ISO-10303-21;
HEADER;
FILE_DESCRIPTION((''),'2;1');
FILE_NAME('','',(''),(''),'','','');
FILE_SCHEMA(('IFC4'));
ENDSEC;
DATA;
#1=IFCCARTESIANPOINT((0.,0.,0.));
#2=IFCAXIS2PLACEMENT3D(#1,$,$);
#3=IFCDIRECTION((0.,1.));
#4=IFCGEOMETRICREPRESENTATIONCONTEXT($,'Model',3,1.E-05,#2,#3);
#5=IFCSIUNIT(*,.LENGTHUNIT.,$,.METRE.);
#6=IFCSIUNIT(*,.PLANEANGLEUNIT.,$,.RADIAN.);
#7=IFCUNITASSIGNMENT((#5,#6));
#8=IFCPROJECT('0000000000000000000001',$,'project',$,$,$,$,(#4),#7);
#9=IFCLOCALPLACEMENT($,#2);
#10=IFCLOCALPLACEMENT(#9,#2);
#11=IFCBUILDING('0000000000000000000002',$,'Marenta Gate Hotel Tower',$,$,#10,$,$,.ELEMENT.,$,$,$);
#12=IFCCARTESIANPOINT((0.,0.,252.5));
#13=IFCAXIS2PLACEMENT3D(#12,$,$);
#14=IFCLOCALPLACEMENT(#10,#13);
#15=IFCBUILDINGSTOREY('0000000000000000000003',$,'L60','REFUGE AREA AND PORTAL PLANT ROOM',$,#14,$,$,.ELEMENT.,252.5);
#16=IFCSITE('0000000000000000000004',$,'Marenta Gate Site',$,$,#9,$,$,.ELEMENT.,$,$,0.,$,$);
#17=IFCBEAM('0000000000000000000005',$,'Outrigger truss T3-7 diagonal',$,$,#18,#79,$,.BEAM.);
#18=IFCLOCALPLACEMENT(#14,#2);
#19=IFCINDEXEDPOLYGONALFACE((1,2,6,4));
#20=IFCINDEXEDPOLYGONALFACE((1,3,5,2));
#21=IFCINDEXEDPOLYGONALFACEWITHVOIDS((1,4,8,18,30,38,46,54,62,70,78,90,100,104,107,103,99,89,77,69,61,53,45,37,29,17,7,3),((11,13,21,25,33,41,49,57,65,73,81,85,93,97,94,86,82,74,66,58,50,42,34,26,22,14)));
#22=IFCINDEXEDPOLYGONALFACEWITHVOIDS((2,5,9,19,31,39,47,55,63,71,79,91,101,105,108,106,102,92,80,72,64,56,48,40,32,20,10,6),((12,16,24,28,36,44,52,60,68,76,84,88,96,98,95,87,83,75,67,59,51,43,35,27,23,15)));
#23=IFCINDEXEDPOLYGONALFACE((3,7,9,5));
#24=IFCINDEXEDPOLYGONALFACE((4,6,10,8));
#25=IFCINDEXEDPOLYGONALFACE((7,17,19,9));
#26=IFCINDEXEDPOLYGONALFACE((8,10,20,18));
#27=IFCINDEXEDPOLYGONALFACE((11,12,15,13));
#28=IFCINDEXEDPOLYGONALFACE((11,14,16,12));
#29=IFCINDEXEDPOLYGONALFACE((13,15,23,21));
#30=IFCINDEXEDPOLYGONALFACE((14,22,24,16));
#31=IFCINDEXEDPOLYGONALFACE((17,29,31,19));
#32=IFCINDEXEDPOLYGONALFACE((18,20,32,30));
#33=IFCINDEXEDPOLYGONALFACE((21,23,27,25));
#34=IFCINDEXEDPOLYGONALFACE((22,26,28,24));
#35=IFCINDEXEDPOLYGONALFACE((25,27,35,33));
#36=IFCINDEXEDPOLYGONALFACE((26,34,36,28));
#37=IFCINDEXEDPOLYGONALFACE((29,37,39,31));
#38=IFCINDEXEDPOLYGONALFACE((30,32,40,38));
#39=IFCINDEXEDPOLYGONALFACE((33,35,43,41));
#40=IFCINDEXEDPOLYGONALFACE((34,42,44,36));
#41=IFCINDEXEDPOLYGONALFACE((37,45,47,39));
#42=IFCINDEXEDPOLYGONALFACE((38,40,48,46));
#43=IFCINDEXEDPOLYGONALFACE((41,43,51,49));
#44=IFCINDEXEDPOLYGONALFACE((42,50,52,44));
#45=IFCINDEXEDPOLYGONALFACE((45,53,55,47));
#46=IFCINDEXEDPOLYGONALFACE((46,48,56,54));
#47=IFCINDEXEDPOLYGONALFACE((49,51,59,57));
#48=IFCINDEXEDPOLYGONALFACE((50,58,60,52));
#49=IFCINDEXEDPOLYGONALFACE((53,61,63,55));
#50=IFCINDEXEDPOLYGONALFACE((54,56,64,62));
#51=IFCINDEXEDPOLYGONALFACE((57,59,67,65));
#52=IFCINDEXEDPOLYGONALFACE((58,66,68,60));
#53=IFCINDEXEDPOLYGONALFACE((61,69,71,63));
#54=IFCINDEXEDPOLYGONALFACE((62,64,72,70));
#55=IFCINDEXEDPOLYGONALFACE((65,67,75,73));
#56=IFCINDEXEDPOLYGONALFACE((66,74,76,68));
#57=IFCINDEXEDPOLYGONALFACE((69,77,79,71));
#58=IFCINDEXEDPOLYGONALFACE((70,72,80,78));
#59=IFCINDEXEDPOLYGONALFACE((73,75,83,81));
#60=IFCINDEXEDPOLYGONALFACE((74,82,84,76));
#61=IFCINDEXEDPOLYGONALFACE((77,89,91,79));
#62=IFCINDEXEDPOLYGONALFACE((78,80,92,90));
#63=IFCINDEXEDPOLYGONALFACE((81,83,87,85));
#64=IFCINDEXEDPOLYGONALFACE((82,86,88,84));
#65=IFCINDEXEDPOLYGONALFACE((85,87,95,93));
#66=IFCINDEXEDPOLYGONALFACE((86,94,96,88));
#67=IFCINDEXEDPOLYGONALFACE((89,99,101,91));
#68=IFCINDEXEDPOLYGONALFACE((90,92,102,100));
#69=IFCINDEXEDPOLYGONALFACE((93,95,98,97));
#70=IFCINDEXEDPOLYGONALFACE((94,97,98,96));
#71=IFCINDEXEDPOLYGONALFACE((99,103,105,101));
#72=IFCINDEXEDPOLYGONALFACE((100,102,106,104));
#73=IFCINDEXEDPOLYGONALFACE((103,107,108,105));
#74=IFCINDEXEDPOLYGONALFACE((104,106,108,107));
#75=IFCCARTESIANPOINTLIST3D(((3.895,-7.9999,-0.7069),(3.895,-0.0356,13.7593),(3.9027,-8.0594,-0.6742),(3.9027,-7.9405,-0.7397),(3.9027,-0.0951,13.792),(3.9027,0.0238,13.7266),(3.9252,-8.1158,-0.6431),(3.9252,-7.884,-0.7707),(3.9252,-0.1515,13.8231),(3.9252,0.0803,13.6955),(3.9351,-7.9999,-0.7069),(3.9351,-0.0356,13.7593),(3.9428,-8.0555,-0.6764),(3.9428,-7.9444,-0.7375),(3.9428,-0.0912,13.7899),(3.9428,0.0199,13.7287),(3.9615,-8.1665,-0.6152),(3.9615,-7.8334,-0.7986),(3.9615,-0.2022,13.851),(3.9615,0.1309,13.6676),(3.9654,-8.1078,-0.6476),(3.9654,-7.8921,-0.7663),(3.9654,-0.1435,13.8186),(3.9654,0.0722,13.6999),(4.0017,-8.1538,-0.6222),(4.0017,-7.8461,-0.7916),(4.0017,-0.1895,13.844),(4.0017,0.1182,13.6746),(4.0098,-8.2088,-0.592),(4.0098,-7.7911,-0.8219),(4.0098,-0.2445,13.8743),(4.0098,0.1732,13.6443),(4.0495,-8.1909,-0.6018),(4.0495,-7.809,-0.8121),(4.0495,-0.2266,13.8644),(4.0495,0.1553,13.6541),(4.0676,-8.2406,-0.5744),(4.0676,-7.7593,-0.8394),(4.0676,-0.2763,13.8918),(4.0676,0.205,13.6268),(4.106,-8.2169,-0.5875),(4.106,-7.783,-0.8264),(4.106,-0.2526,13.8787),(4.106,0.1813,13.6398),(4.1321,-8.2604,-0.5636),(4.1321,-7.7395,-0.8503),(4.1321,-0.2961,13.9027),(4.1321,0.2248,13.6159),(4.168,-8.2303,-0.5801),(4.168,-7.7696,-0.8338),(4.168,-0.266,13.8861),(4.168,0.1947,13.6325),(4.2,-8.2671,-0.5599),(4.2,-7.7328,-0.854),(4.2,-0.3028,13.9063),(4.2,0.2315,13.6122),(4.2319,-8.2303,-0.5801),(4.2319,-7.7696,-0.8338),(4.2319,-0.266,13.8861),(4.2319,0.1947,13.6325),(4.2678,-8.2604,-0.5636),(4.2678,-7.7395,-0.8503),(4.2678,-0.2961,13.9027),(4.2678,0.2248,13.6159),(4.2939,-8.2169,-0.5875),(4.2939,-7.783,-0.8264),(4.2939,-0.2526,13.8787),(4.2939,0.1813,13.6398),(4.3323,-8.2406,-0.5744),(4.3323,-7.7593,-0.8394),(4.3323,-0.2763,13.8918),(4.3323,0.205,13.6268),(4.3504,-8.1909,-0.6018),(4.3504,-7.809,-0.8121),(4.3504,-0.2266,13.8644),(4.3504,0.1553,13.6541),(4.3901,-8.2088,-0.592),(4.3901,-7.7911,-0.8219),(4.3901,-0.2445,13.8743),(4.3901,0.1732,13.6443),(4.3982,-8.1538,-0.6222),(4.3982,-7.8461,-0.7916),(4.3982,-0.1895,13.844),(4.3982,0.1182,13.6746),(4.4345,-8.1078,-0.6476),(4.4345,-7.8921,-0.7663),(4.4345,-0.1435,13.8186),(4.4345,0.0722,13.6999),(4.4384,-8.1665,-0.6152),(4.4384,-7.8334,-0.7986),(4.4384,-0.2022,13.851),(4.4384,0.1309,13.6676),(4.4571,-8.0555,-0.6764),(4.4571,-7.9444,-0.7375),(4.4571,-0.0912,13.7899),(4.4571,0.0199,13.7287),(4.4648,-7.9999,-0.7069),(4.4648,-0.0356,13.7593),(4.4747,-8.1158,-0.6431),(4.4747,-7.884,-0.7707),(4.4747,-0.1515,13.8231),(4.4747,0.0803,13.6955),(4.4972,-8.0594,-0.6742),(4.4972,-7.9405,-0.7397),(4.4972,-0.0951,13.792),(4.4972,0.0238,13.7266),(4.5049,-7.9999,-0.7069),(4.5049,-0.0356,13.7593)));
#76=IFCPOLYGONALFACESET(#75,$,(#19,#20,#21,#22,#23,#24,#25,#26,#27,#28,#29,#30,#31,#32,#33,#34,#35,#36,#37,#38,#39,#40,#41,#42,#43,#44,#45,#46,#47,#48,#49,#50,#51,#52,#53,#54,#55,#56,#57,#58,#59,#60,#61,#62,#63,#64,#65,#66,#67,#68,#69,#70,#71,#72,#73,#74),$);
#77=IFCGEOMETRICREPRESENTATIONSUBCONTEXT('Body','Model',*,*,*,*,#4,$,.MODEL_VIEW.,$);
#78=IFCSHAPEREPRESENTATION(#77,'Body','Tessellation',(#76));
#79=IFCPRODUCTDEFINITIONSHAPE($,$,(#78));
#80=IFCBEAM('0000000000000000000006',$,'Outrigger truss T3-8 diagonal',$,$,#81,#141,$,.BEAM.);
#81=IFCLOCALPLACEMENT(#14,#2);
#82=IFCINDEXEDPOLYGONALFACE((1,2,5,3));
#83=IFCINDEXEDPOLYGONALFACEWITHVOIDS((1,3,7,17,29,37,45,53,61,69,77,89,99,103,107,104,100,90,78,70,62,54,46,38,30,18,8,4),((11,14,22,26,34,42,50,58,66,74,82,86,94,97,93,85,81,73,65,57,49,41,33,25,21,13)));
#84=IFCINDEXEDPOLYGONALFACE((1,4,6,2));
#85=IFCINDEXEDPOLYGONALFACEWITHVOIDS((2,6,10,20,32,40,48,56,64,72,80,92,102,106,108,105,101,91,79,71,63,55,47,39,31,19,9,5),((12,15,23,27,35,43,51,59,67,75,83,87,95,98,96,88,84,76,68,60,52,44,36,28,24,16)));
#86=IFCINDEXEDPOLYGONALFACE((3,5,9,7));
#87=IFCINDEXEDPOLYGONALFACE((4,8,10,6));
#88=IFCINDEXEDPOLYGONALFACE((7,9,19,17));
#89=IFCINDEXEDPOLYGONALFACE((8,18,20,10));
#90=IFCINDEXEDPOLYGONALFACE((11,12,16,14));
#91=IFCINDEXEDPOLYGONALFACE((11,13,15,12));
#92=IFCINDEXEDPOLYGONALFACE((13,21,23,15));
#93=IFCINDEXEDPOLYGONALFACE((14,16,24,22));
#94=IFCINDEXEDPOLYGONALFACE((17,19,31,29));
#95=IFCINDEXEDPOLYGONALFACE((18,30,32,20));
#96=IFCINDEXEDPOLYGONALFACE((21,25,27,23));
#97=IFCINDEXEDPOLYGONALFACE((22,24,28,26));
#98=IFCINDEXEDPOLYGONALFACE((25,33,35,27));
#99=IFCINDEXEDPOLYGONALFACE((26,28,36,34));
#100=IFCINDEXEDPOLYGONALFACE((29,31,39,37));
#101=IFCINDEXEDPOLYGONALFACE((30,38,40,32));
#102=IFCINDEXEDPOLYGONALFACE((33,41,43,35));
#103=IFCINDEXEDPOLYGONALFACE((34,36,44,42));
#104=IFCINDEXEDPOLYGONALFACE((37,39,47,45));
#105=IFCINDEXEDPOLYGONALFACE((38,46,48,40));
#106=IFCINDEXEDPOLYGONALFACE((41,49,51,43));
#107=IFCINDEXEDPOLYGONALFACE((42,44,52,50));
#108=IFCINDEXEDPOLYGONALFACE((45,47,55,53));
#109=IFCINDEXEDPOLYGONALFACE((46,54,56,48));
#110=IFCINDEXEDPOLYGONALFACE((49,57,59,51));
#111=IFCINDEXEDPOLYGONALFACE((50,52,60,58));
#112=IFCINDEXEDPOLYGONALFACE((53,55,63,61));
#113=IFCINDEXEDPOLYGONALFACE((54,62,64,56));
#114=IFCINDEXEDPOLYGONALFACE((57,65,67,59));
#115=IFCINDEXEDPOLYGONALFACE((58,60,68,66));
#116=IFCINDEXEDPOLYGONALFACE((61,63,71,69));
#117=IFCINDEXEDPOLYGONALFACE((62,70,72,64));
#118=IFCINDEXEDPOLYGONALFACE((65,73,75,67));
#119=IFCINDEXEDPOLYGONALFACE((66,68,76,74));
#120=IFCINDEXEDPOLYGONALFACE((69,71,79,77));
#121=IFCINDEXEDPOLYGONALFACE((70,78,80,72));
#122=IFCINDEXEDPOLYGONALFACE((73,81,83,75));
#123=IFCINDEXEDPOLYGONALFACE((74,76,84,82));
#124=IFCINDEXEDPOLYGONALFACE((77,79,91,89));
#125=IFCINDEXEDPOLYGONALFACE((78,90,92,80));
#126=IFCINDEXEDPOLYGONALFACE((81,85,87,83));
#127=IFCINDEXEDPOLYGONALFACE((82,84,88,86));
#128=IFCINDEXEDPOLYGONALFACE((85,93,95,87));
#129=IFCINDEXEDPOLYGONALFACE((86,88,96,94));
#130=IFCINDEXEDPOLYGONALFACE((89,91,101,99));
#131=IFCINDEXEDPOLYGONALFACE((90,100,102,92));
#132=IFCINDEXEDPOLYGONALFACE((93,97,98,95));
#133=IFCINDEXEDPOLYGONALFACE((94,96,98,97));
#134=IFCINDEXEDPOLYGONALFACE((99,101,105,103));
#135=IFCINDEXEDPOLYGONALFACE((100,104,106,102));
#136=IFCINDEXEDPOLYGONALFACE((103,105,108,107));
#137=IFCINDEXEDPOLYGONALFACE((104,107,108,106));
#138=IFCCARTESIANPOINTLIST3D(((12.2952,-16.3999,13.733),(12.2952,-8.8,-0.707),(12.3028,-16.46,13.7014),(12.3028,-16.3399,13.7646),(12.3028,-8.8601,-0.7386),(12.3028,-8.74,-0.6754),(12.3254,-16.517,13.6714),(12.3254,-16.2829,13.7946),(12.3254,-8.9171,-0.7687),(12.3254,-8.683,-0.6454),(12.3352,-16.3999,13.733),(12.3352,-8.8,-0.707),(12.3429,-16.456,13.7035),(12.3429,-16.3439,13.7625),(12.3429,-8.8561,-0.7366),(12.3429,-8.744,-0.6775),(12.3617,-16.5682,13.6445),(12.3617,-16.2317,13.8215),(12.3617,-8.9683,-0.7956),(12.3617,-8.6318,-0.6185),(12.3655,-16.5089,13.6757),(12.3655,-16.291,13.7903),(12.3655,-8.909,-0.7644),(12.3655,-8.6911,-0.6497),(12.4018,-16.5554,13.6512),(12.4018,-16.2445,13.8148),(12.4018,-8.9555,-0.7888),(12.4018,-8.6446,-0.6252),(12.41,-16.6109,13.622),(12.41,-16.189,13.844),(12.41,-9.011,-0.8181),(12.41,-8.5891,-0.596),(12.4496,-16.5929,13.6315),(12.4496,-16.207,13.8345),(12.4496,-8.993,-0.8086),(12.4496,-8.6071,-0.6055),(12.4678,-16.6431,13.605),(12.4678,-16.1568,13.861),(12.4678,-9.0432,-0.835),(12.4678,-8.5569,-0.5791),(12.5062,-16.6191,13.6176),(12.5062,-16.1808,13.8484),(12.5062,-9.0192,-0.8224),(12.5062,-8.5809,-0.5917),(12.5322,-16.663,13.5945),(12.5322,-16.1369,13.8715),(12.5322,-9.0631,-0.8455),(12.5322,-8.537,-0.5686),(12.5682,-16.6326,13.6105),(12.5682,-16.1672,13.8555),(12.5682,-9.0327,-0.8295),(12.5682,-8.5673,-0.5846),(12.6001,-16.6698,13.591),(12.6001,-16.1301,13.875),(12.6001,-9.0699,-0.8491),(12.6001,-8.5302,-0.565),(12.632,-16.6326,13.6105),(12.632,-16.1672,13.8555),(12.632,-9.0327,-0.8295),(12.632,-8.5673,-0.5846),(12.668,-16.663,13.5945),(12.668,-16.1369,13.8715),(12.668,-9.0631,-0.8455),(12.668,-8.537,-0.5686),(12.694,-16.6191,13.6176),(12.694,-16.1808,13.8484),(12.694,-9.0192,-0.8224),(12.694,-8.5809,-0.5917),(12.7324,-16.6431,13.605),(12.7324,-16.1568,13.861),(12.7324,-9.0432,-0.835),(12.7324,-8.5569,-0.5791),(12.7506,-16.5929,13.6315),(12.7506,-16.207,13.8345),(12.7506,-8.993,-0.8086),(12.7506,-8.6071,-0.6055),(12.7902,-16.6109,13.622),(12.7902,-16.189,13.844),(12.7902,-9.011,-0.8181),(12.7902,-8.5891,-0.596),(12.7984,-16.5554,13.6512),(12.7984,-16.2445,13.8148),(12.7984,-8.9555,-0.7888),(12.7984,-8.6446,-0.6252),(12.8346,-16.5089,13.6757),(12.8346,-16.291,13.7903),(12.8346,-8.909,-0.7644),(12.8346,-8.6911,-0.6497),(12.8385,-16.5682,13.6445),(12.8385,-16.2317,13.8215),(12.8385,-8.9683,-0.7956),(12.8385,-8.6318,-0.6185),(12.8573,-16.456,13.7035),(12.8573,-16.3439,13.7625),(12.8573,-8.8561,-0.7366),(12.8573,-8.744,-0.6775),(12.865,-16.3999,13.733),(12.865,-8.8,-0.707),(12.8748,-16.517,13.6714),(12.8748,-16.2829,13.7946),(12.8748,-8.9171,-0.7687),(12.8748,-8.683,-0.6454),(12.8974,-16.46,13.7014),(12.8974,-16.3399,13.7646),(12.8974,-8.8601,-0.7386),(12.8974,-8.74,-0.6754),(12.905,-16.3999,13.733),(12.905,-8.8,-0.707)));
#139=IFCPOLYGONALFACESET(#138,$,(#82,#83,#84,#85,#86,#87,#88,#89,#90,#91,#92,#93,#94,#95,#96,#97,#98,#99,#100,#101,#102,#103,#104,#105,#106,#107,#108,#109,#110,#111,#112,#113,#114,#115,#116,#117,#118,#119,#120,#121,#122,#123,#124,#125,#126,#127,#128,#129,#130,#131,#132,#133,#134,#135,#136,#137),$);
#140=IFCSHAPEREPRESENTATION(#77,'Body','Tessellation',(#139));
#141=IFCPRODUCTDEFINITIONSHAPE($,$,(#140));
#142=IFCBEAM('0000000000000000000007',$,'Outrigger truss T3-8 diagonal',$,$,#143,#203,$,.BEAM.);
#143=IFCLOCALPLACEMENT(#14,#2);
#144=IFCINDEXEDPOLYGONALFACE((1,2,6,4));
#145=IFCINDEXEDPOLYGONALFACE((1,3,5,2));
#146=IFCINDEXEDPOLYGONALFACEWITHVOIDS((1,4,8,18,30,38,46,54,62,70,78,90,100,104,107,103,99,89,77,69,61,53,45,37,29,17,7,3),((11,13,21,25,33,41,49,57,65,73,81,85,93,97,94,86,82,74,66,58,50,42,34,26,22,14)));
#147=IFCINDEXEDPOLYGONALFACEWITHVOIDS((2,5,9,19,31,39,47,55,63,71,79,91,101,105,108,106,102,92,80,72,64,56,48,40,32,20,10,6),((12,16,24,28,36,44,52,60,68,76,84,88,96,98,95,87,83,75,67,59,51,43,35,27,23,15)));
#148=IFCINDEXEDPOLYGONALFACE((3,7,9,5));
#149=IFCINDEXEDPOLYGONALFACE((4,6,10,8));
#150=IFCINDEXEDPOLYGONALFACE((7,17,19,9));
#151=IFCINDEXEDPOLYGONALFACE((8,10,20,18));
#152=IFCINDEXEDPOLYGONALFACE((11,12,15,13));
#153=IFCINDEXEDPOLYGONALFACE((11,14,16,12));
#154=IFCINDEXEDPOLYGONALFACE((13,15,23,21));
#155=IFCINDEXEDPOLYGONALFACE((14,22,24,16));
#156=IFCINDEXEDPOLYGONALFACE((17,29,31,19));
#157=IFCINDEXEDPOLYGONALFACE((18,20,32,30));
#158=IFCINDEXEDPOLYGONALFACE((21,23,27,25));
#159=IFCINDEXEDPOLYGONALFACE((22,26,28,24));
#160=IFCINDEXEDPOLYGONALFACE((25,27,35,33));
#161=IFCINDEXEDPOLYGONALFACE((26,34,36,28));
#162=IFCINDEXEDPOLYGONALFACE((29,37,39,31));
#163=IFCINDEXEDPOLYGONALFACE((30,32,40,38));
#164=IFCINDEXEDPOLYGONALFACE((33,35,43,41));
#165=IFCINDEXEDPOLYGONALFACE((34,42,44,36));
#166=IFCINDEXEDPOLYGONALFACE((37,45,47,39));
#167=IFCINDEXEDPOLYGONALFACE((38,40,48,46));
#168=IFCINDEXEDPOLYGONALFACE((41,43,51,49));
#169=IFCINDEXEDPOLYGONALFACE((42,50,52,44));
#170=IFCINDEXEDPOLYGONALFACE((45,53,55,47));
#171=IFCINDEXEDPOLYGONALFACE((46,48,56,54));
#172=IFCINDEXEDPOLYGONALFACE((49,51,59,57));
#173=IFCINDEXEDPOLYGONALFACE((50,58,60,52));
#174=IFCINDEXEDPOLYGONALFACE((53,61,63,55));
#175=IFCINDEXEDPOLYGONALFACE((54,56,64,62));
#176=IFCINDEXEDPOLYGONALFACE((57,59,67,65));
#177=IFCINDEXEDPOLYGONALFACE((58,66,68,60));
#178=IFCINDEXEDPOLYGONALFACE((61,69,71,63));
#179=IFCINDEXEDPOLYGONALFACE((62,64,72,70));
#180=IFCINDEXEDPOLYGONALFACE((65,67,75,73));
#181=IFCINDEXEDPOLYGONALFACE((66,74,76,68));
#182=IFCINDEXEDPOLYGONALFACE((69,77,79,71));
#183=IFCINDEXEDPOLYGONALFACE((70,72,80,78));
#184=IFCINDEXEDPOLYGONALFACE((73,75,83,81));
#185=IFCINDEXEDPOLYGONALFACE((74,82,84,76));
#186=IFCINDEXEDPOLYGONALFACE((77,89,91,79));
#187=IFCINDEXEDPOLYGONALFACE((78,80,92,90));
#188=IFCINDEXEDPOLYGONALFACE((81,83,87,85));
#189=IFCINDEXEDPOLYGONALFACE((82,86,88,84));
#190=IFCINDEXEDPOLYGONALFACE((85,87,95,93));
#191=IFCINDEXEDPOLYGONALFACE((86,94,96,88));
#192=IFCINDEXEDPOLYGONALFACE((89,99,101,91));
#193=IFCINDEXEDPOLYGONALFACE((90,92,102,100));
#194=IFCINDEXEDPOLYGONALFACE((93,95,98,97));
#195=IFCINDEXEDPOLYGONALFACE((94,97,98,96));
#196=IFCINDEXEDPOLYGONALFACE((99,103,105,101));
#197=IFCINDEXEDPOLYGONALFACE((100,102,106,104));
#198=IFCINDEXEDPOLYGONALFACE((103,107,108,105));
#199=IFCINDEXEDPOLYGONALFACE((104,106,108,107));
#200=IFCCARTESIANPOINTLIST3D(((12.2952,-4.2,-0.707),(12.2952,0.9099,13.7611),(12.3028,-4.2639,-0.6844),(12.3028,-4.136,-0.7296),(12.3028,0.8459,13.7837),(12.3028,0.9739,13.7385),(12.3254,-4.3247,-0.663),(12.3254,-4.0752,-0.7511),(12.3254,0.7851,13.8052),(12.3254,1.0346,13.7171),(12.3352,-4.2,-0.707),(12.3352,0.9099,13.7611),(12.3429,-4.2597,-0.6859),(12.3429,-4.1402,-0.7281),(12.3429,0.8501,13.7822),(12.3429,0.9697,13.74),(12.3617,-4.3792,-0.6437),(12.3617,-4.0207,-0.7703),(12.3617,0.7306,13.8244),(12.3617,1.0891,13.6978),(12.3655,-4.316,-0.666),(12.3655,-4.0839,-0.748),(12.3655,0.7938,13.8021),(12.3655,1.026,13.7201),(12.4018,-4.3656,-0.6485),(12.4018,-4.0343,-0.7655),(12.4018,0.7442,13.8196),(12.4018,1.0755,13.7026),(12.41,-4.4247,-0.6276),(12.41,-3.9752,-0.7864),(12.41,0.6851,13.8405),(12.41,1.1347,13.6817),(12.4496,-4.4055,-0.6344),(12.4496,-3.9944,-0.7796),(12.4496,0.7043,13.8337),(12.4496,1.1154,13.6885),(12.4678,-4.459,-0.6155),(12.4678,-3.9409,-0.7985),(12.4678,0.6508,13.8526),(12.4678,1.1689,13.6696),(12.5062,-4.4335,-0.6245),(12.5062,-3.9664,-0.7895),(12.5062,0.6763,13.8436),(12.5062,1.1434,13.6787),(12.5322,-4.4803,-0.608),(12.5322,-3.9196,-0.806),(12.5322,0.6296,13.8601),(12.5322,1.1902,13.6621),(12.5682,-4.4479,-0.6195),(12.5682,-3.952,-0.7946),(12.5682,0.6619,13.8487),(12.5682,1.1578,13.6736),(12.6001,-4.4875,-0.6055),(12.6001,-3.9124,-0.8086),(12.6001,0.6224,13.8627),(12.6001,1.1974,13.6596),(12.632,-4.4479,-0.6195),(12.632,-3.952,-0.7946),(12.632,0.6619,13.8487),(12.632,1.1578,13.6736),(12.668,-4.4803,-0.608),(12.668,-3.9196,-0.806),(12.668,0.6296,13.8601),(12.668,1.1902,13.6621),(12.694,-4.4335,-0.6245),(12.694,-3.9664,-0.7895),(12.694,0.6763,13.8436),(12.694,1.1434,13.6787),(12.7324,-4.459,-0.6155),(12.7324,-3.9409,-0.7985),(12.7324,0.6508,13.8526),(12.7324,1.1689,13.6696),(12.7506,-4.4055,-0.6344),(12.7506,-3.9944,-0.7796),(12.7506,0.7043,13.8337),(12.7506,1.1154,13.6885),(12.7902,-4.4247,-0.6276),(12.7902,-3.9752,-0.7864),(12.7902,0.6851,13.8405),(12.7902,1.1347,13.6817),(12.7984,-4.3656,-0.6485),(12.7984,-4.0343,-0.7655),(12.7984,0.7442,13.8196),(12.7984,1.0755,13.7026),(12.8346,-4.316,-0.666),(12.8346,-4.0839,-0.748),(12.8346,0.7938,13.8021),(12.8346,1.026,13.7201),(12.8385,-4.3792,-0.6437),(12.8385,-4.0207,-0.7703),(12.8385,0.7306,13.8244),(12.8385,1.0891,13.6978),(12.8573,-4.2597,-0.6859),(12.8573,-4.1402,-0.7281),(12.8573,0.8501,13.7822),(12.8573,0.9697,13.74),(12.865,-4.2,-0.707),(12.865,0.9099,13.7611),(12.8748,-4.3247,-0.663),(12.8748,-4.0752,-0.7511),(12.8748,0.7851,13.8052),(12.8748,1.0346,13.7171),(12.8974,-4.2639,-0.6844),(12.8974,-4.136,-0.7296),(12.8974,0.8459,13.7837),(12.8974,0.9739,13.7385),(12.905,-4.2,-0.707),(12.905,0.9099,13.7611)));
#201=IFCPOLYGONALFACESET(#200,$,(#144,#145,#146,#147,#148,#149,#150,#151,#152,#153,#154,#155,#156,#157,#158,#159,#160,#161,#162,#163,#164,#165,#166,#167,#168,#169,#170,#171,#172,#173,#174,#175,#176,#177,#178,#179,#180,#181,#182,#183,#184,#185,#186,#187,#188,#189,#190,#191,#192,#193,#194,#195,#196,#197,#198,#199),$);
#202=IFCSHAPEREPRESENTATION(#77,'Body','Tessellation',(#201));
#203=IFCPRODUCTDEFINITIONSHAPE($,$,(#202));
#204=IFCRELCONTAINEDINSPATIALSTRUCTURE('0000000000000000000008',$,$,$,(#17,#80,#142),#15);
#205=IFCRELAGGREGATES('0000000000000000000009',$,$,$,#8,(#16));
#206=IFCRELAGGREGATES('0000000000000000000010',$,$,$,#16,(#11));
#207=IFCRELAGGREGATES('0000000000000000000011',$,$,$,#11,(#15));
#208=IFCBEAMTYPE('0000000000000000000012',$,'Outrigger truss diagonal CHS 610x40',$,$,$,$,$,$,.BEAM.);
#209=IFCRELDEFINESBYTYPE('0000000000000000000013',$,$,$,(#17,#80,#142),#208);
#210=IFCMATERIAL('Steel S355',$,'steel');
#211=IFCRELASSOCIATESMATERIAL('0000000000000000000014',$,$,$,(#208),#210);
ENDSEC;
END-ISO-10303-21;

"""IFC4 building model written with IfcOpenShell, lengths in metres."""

from ifc_helpers import new_model, si_unit, direction, frame, origin, origin_2d, place, context, subcontext, project, spatial, hollow_circle, extrude, material, material_profile, profile_set, type_object, element, save


model = new_model("IFC4")

# Units and contexts
model_context = context("Model", 3, precision=1e-05, world=origin(), true_north=direction((0.0, 1.0)))
body_context = subcontext(model_context, "Body", "Model", "MODEL_VIEW")
ifc_project = project(units=[si_unit("LENGTHUNIT", "METRE"), si_unit("PLANEANGLEUNIT", "RADIAN")], contexts=[model_context])

# Site, building, storey
site_placement = place(None, origin())
site = spatial("IfcSite", under=ifc_project, at=site_placement, Name="Marenta Gate Site", CompositionType="ELEMENT", RefElevation=0.0)
building_placement = place(site_placement, origin())
building = spatial("IfcBuilding", under=site, at=building_placement, Name="Marenta Gate Hotel Tower", CompositionType="ELEMENT")
storey_placement = place(building_placement, frame((0.0, 0.0, 252.5)))
storey = spatial("IfcBuildingStorey", under=building, at=storey_placement, Name="L60", Description="REFUGE AREA AND PORTAL PLANT ROOM", CompositionType="ELEMENT", Elevation=252.5)

# Beams
ifc_material_1 = material(Name="Steel S355", Category="steel")
ifc_material_profile_1 = material_profile(ifc_material_1, hollow_circle(Radius=0.3049, WallThickness=0.04, at=origin_2d()), Name="CHS 610x40")
ifc_profile_set_1 = profile_set([ifc_material_profile_1], Name="Steel S355")
beam_type_1 = type_object("IfcBeamType", Name="Outrigger truss diagonal CHS 610x40", PredefinedType="BEAM", material=ifc_profile_set_1)
beam_1_placement = place(storey_placement, frame((4.2, -0.0356, 13.7593), z_axis=(0.0, -0.482285, -0.876014), x_axis=(1.0, 0.0, 0.0)))
element("IfcBeam", 1, at=beam_1_placement, inside=storey, type_object=beam_type_1, Name="Outrigger truss T3-7 diagonal", PredefinedType="BEAM", context=body_context, shape_type="SweptSolid", body=[
    extrude(hollow_circle(Radius=0.3049, WallThickness=0.04, at=origin_2d()), origin(), (0.0, 0.0, 1.0), 16.5137),
])
beam_2_placement = place(storey_placement, frame((12.6001, -8.8, -0.707), z_axis=(0.0, -0.465741, 0.884921), x_axis=(1.0, 0.0, 0.0)))
element("IfcBeam", 2, at=beam_2_placement, inside=storey, type_object=beam_type_1, Name="Outrigger truss T3-8 diagonal", PredefinedType="BEAM", context=body_context, shape_type="SweptSolid", body=[
    extrude(hollow_circle(Radius=0.3049, WallThickness=0.04, at=origin_2d()), origin(), (0.0, 0.0, 1.0), 16.3179),
])
beam_3_placement = place(storey_placement, frame((12.6001, -4.2, -0.707), z_axis=(0.0, 0.333018, 0.94292), x_axis=(-1.0, 0.0, 0.0)))
element("IfcBeam", 3, at=beam_3_placement, inside=storey, type_object=beam_type_1, Name="Outrigger truss T3-8 diagonal", PredefinedType="BEAM", context=body_context, shape_type="SweptSolid", body=[
    extrude(hollow_circle(Radius=0.3049, WallThickness=0.04, at=origin_2d()), origin(), (0.0, 0.0, 1.0), 15.344),
])

save(model, "model.ifc")
